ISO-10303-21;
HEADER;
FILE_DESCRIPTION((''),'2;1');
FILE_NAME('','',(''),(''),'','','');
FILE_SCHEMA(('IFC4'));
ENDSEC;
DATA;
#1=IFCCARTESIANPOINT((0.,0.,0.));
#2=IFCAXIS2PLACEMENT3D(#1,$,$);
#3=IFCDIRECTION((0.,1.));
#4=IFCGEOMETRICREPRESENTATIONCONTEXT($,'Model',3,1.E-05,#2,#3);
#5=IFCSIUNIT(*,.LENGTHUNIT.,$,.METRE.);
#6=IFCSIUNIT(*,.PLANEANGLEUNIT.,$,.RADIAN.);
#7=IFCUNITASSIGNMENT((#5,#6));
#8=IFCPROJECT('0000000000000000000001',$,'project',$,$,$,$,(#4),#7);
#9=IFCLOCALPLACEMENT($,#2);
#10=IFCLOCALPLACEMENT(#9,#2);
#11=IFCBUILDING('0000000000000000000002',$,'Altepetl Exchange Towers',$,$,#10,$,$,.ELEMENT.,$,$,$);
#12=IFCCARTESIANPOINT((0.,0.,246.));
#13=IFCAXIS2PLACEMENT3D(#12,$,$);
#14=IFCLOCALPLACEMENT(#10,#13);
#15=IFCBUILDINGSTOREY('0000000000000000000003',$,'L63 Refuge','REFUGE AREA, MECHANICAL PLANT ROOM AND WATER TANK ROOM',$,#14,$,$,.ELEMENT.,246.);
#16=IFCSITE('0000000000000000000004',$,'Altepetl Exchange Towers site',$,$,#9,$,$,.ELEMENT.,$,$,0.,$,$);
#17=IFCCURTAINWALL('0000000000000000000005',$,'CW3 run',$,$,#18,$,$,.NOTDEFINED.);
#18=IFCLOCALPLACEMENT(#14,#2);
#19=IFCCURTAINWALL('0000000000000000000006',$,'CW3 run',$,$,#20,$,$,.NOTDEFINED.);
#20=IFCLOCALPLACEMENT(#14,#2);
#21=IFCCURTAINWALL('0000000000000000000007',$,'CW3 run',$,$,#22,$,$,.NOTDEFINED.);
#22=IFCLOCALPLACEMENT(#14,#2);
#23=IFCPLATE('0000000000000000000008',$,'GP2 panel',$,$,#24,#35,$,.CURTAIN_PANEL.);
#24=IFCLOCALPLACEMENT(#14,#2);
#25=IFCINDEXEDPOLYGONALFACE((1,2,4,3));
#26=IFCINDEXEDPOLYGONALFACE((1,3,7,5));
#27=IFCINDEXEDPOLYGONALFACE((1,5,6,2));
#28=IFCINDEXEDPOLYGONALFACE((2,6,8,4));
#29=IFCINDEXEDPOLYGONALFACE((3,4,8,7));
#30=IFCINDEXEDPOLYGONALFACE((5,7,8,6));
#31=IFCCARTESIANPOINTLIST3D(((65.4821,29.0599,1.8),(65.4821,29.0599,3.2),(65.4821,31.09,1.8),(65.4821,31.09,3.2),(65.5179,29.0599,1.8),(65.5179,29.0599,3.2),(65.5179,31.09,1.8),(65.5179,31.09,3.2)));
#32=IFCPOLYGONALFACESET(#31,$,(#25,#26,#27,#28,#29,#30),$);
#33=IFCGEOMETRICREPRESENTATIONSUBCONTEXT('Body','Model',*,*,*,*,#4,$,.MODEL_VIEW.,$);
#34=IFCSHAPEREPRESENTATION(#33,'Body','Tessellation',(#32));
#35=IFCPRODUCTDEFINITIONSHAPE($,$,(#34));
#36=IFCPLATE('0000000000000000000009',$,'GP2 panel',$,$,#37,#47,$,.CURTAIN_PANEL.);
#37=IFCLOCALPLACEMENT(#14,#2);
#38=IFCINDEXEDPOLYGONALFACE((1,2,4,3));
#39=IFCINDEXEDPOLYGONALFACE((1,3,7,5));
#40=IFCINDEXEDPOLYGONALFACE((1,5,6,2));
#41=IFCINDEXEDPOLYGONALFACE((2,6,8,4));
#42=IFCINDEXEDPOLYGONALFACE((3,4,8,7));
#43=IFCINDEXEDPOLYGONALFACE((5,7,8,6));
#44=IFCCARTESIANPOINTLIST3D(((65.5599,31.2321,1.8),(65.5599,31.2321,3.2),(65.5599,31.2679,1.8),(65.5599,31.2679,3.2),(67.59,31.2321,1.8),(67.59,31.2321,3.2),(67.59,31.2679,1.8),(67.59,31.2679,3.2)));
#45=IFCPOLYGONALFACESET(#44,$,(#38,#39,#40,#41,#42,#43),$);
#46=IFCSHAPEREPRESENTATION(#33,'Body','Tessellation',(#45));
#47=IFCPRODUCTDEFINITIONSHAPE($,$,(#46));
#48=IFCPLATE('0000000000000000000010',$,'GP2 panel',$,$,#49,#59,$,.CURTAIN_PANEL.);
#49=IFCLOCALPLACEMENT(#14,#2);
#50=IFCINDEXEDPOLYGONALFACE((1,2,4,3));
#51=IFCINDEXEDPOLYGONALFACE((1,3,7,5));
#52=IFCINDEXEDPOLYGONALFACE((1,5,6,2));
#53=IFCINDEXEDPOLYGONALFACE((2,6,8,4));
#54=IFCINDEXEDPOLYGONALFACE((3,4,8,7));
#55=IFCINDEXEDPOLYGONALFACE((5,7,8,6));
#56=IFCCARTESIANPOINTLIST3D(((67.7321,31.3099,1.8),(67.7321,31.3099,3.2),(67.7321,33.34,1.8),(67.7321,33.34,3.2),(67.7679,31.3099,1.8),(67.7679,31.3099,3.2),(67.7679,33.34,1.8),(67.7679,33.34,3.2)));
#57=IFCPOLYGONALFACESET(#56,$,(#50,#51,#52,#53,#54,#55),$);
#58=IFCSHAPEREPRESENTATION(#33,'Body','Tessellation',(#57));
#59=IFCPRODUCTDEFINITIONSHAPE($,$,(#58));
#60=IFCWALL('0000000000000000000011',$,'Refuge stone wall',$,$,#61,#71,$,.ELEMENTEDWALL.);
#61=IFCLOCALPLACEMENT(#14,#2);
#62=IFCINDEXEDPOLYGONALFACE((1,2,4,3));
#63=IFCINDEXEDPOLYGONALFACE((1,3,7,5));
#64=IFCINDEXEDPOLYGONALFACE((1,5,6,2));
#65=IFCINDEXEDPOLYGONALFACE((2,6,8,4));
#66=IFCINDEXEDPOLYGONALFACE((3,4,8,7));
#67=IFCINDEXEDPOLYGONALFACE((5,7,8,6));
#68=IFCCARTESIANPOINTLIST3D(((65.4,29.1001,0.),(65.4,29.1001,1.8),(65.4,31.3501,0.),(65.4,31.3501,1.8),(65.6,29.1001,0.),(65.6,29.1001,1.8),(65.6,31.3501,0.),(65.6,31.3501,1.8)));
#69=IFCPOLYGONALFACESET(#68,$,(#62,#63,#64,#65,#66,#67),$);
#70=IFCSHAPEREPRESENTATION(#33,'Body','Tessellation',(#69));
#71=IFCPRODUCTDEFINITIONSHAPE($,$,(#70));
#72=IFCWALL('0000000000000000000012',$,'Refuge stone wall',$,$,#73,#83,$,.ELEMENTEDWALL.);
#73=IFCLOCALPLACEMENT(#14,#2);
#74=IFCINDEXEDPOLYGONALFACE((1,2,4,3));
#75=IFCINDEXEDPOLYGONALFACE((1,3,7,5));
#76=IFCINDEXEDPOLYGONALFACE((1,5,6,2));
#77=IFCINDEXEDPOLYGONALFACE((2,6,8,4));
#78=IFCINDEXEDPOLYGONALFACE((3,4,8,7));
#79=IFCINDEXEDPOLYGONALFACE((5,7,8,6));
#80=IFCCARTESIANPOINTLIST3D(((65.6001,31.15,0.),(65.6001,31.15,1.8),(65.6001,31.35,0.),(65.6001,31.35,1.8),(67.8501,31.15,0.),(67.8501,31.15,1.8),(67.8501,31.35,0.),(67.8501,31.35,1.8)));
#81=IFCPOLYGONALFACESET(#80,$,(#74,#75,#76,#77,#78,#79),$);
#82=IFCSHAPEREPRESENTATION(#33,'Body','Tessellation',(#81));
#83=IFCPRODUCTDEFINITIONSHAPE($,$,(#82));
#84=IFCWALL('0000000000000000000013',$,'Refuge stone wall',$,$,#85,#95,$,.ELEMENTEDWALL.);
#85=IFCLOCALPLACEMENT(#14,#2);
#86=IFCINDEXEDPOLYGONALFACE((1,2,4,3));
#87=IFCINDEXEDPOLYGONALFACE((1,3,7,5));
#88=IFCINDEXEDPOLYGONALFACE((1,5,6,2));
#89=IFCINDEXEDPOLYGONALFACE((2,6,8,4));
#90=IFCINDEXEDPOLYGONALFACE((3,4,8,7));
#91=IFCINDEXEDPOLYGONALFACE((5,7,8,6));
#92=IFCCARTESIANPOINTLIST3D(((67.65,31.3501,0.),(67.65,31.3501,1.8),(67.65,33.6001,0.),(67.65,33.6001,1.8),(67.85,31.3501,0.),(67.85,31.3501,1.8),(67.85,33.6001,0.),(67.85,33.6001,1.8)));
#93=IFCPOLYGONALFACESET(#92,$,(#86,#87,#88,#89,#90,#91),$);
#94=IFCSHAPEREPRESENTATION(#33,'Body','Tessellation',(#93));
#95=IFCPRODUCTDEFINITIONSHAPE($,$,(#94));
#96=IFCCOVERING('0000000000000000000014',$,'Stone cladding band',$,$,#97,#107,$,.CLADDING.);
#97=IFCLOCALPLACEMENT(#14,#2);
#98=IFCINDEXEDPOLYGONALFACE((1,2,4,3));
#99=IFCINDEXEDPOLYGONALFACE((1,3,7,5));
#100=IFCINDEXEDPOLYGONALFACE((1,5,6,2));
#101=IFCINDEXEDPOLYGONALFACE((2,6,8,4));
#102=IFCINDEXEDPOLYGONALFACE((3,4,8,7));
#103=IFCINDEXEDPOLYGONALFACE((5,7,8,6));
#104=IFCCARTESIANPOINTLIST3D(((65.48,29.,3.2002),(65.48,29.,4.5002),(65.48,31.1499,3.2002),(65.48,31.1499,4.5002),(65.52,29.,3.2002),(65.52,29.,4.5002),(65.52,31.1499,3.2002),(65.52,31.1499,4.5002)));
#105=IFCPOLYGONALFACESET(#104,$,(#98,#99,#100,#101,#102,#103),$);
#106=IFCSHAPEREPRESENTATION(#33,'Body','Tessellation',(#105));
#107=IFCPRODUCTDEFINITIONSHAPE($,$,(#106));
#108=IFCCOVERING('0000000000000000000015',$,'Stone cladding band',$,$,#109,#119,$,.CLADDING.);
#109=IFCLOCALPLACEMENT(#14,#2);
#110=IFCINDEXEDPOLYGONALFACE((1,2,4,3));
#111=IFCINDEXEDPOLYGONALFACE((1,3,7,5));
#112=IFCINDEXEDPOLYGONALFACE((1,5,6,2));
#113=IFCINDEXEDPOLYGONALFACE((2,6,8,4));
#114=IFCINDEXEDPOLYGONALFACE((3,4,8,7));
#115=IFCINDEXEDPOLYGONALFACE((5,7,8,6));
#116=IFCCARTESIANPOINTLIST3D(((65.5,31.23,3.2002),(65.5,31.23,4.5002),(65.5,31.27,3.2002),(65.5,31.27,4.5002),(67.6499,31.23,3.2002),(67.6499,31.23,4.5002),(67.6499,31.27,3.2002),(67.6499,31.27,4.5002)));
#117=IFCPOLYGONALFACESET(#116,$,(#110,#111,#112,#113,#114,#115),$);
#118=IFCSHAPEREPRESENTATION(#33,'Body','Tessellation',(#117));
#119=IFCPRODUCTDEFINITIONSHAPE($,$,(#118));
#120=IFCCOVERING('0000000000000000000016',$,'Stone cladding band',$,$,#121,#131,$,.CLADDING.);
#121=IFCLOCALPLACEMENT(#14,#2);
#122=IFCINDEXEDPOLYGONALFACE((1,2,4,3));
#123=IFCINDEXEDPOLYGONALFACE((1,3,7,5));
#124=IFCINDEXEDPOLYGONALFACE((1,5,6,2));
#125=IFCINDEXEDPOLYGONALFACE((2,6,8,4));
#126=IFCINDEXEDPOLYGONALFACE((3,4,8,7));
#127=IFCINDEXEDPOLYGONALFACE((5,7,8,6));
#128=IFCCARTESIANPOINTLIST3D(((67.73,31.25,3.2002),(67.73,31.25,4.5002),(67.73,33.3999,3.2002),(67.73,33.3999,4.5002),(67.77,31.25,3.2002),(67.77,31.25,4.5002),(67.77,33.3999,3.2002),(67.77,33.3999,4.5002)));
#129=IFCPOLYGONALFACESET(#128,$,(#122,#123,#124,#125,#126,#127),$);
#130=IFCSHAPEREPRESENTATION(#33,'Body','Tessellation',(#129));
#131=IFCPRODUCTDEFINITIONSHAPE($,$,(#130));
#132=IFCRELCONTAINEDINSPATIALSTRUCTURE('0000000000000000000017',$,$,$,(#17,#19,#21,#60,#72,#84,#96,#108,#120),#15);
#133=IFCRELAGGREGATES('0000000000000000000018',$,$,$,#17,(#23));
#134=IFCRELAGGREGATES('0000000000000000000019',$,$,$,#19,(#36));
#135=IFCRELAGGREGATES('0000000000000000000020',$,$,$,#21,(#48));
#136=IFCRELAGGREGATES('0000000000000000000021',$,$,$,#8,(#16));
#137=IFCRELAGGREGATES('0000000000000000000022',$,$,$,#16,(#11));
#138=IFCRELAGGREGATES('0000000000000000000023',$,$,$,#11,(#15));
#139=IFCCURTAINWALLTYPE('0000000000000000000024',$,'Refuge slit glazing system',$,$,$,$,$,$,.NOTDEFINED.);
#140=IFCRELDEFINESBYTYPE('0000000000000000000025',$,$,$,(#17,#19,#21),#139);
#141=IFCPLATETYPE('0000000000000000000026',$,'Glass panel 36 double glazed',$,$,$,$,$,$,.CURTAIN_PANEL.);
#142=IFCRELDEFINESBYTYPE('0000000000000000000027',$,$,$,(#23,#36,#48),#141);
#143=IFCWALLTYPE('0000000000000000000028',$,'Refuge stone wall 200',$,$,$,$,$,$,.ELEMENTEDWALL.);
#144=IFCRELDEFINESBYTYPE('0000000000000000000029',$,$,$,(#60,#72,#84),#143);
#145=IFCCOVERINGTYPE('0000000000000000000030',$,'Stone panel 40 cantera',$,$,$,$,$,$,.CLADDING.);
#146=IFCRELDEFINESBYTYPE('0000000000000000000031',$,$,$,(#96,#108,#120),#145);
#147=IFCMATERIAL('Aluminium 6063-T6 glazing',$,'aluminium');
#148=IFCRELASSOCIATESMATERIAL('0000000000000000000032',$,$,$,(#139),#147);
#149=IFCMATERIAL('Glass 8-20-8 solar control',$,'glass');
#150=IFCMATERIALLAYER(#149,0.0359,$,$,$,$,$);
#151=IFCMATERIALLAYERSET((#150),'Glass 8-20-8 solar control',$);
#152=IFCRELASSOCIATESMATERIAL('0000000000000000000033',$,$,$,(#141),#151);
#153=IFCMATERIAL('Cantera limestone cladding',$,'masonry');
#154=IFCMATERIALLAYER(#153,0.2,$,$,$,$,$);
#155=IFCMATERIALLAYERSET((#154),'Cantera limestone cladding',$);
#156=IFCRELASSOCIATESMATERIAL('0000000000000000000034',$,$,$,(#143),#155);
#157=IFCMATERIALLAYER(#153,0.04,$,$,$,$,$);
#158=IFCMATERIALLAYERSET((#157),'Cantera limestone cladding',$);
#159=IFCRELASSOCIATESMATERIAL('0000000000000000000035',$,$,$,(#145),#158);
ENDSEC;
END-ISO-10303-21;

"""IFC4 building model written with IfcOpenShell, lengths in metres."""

from ifc_helpers import new_model, si_unit, direction, frame, frame_2d, origin, origin_2d, place, context, subcontext, project, spatial, rectangle, extrude, material, layer, layer_set, type_object, element, aggregate, save


model = new_model("IFC4")

# Units and contexts
model_context = context("Model", 3, precision=1e-05, world=origin(), true_north=direction((0.0, 1.0)))
body_context = subcontext(model_context, "Body", "Model", "MODEL_VIEW")
ifc_project = project(units=[si_unit("LENGTHUNIT", "METRE"), si_unit("PLANEANGLEUNIT", "RADIAN")], contexts=[model_context])

# Site, building, storey
site_placement = place(None, origin())
site = spatial("IfcSite", under=ifc_project, at=site_placement, Name="Altepetl Exchange Towers site", CompositionType="ELEMENT", RefElevation=0.0)
building_placement = place(site_placement, origin())
building = spatial("IfcBuilding", under=site, at=building_placement, Name="Altepetl Exchange Towers", CompositionType="ELEMENT")
storey_placement = place(building_placement, frame((0.0, 0.0, 246.0)))
storey = spatial("IfcBuildingStorey", under=building, at=storey_placement, Name="L63 Refuge", Description="REFUGE AREA, MECHANICAL PLANT ROOM AND WATER TANK ROOM", CompositionType="ELEMENT", Elevation=246.0)

# Curtain wall
ifc_material_1 = material(Name="Aluminium 6063-T6 glazing", Category="aluminium")
curtain_wall_type = type_object("IfcCurtainWallType", Name="Refuge slit glazing system", PredefinedType="NOTDEFINED", material=ifc_material_1)
curtain_wall_1_placement = place(storey_placement, origin())
curtain_wall_1 = element("IfcCurtainWall", 1, at=curtain_wall_1_placement, inside=storey, type_object=curtain_wall_type, Name="CW3 run", PredefinedType="NOTDEFINED")

# Curtain wall
curtain_wall_2_placement = place(storey_placement, origin())
curtain_wall_2 = element("IfcCurtainWall", 2, at=curtain_wall_2_placement, inside=storey, type_object=curtain_wall_type, Name="CW3 run", PredefinedType="NOTDEFINED")

# Curtain wall
curtain_wall_3_placement = place(storey_placement, origin())
curtain_wall_3 = element("IfcCurtainWall", 3, at=curtain_wall_3_placement, inside=storey, type_object=curtain_wall_type, Name="CW3 run", PredefinedType="NOTDEFINED")

# Plates
ifc_material_2 = material(Name="Glass 8-20-8 solar control", Category="glass")
ifc_layer_1 = layer(ifc_material_2, 0.0359)
ifc_layer_set_1 = layer_set([ifc_layer_1], Name="Glass 8-20-8 solar control")
plate_type = type_object("IfcPlateType", Name="Glass panel 36 double glazed", PredefinedType="CURTAIN_PANEL", material=ifc_layer_set_1)
plate_1_placement = place(storey_placement, frame((65.5, 30.075, 1.8), z_axis=(0.0, 0.0, 1.0), x_axis=(0.0, 1.0, 0.0)))
plate_1 = element("IfcPlate", 4, at=plate_1_placement, type_object=plate_type, Name="GP2 panel", PredefinedType="CURTAIN_PANEL", context=body_context, shape_type="SweptSolid", body=[
    extrude(rectangle(XDim=2.03, YDim=0.0359, at=origin_2d()), origin(), (0.0, 0.0, 1.0), 1.3999),
])
aggregate(curtain_wall_1, [plate_1])
plate_2_placement = place(storey_placement, frame((66.575, 31.25, 1.8)))
plate_2 = element("IfcPlate", 5, at=plate_2_placement, type_object=plate_type, Name="GP2 panel", PredefinedType="CURTAIN_PANEL", context=body_context, shape_type="SweptSolid", body=[
    extrude(rectangle(XDim=2.03, YDim=0.0359, at=origin_2d()), origin(), (0.0, 0.0, 1.0), 1.3999),
])
aggregate(curtain_wall_2, [plate_2])
plate_3_placement = place(storey_placement, frame((67.75, 32.325, 1.8), z_axis=(0.0, 0.0, 1.0), x_axis=(0.0, 1.0, 0.0)))
plate_3 = element("IfcPlate", 6, at=plate_3_placement, type_object=plate_type, Name="GP2 panel", PredefinedType="CURTAIN_PANEL", context=body_context, shape_type="SweptSolid", body=[
    extrude(rectangle(XDim=2.03, YDim=0.0359, at=origin_2d()), origin(), (0.0, 0.0, 1.0), 1.3999),
])
aggregate(curtain_wall_3, [plate_3])

# Walls
ifc_material_3 = material(Name="Cantera limestone cladding", Category="masonry")
ifc_layer_2 = layer(ifc_material_3, 0.2)
ifc_layer_set_2 = layer_set([ifc_layer_2], Name="Cantera limestone cladding")
wall_type = type_object("IfcWallType", Name="Refuge stone wall 200", PredefinedType="ELEMENTEDWALL", material=ifc_layer_set_2)
wall_1_placement = place(storey_placement, frame((65.5, 29.1001, 0.0), z_axis=(0.0, 0.0, 1.0), x_axis=(0.0, 1.0, 0.0)))
element("IfcWall", 7, at=wall_1_placement, inside=storey, type_object=wall_type, Name="Refuge stone wall", PredefinedType="ELEMENTEDWALL", context=body_context, shape_type="SweptSolid", body=[
    extrude(rectangle(XDim=2.25, YDim=0.2, at=frame_2d((1.125, 0.0))), origin(), (0.0, 0.0, 1.0), 1.8),
])
wall_2_placement = place(storey_placement, frame((65.6001, 31.25, 0.0)))
element("IfcWall", 8, at=wall_2_placement, inside=storey, type_object=wall_type, Name="Refuge stone wall", PredefinedType="ELEMENTEDWALL", context=body_context, shape_type="SweptSolid", body=[
    extrude(rectangle(XDim=2.25, YDim=0.2, at=frame_2d((1.125, 0.0))), origin(), (0.0, 0.0, 1.0), 1.8),
])
wall_3_placement = place(storey_placement, frame((67.75, 31.3501, 0.0), z_axis=(0.0, 0.0, 1.0), x_axis=(0.0, 1.0, 0.0)))
element("IfcWall", 9, at=wall_3_placement, inside=storey, type_object=wall_type, Name="Refuge stone wall", PredefinedType="ELEMENTEDWALL", context=body_context, shape_type="SweptSolid", body=[
    extrude(rectangle(XDim=2.25, YDim=0.2, at=frame_2d((1.125, 0.0))), origin(), (0.0, 0.0, 1.0), 1.8),
])

# Coverings
ifc_layer_3 = layer(ifc_material_3, 0.04)
ifc_layer_set_3 = layer_set([ifc_layer_3], Name="Cantera limestone cladding")
covering_type = type_object("IfcCoveringType", Name="Stone panel 40 cantera", PredefinedType="CLADDING", material=ifc_layer_set_3)
covering_1_placement = place(storey_placement, frame((65.5, 30.075, 3.2002), z_axis=(0.0, 0.0, 1.0), x_axis=(0.0, 1.0, 0.0)))
element("IfcCovering", 10, at=covering_1_placement, inside=storey, type_object=covering_type, Name="Stone cladding band", PredefinedType="CLADDING", context=body_context, shape_type="SweptSolid", body=[
    extrude(rectangle(XDim=2.1499, YDim=0.04, at=origin_2d()), origin(), (0.0, 0.0, 1.0), 1.3),
])
covering_2_placement = place(storey_placement, frame((66.575, 31.25, 3.2002)))
element("IfcCovering", 11, at=covering_2_placement, inside=storey, type_object=covering_type, Name="Stone cladding band", PredefinedType="CLADDING", context=body_context, shape_type="SweptSolid", body=[
    extrude(rectangle(XDim=2.1499, YDim=0.04, at=origin_2d()), origin(), (0.0, 0.0, 1.0), 1.3),
])
covering_3_placement = place(storey_placement, frame((67.75, 32.325, 3.2002), z_axis=(0.0, 0.0, 1.0), x_axis=(0.0, 1.0, 0.0)))
element("IfcCovering", 12, at=covering_3_placement, inside=storey, type_object=covering_type, Name="Stone cladding band", PredefinedType="CLADDING", context=body_context, shape_type="SweptSolid", body=[
    extrude(rectangle(XDim=2.1499, YDim=0.04, at=origin_2d()), origin(), (0.0, 0.0, 1.0), 1.3),
])

save(model, "model.ifc")
